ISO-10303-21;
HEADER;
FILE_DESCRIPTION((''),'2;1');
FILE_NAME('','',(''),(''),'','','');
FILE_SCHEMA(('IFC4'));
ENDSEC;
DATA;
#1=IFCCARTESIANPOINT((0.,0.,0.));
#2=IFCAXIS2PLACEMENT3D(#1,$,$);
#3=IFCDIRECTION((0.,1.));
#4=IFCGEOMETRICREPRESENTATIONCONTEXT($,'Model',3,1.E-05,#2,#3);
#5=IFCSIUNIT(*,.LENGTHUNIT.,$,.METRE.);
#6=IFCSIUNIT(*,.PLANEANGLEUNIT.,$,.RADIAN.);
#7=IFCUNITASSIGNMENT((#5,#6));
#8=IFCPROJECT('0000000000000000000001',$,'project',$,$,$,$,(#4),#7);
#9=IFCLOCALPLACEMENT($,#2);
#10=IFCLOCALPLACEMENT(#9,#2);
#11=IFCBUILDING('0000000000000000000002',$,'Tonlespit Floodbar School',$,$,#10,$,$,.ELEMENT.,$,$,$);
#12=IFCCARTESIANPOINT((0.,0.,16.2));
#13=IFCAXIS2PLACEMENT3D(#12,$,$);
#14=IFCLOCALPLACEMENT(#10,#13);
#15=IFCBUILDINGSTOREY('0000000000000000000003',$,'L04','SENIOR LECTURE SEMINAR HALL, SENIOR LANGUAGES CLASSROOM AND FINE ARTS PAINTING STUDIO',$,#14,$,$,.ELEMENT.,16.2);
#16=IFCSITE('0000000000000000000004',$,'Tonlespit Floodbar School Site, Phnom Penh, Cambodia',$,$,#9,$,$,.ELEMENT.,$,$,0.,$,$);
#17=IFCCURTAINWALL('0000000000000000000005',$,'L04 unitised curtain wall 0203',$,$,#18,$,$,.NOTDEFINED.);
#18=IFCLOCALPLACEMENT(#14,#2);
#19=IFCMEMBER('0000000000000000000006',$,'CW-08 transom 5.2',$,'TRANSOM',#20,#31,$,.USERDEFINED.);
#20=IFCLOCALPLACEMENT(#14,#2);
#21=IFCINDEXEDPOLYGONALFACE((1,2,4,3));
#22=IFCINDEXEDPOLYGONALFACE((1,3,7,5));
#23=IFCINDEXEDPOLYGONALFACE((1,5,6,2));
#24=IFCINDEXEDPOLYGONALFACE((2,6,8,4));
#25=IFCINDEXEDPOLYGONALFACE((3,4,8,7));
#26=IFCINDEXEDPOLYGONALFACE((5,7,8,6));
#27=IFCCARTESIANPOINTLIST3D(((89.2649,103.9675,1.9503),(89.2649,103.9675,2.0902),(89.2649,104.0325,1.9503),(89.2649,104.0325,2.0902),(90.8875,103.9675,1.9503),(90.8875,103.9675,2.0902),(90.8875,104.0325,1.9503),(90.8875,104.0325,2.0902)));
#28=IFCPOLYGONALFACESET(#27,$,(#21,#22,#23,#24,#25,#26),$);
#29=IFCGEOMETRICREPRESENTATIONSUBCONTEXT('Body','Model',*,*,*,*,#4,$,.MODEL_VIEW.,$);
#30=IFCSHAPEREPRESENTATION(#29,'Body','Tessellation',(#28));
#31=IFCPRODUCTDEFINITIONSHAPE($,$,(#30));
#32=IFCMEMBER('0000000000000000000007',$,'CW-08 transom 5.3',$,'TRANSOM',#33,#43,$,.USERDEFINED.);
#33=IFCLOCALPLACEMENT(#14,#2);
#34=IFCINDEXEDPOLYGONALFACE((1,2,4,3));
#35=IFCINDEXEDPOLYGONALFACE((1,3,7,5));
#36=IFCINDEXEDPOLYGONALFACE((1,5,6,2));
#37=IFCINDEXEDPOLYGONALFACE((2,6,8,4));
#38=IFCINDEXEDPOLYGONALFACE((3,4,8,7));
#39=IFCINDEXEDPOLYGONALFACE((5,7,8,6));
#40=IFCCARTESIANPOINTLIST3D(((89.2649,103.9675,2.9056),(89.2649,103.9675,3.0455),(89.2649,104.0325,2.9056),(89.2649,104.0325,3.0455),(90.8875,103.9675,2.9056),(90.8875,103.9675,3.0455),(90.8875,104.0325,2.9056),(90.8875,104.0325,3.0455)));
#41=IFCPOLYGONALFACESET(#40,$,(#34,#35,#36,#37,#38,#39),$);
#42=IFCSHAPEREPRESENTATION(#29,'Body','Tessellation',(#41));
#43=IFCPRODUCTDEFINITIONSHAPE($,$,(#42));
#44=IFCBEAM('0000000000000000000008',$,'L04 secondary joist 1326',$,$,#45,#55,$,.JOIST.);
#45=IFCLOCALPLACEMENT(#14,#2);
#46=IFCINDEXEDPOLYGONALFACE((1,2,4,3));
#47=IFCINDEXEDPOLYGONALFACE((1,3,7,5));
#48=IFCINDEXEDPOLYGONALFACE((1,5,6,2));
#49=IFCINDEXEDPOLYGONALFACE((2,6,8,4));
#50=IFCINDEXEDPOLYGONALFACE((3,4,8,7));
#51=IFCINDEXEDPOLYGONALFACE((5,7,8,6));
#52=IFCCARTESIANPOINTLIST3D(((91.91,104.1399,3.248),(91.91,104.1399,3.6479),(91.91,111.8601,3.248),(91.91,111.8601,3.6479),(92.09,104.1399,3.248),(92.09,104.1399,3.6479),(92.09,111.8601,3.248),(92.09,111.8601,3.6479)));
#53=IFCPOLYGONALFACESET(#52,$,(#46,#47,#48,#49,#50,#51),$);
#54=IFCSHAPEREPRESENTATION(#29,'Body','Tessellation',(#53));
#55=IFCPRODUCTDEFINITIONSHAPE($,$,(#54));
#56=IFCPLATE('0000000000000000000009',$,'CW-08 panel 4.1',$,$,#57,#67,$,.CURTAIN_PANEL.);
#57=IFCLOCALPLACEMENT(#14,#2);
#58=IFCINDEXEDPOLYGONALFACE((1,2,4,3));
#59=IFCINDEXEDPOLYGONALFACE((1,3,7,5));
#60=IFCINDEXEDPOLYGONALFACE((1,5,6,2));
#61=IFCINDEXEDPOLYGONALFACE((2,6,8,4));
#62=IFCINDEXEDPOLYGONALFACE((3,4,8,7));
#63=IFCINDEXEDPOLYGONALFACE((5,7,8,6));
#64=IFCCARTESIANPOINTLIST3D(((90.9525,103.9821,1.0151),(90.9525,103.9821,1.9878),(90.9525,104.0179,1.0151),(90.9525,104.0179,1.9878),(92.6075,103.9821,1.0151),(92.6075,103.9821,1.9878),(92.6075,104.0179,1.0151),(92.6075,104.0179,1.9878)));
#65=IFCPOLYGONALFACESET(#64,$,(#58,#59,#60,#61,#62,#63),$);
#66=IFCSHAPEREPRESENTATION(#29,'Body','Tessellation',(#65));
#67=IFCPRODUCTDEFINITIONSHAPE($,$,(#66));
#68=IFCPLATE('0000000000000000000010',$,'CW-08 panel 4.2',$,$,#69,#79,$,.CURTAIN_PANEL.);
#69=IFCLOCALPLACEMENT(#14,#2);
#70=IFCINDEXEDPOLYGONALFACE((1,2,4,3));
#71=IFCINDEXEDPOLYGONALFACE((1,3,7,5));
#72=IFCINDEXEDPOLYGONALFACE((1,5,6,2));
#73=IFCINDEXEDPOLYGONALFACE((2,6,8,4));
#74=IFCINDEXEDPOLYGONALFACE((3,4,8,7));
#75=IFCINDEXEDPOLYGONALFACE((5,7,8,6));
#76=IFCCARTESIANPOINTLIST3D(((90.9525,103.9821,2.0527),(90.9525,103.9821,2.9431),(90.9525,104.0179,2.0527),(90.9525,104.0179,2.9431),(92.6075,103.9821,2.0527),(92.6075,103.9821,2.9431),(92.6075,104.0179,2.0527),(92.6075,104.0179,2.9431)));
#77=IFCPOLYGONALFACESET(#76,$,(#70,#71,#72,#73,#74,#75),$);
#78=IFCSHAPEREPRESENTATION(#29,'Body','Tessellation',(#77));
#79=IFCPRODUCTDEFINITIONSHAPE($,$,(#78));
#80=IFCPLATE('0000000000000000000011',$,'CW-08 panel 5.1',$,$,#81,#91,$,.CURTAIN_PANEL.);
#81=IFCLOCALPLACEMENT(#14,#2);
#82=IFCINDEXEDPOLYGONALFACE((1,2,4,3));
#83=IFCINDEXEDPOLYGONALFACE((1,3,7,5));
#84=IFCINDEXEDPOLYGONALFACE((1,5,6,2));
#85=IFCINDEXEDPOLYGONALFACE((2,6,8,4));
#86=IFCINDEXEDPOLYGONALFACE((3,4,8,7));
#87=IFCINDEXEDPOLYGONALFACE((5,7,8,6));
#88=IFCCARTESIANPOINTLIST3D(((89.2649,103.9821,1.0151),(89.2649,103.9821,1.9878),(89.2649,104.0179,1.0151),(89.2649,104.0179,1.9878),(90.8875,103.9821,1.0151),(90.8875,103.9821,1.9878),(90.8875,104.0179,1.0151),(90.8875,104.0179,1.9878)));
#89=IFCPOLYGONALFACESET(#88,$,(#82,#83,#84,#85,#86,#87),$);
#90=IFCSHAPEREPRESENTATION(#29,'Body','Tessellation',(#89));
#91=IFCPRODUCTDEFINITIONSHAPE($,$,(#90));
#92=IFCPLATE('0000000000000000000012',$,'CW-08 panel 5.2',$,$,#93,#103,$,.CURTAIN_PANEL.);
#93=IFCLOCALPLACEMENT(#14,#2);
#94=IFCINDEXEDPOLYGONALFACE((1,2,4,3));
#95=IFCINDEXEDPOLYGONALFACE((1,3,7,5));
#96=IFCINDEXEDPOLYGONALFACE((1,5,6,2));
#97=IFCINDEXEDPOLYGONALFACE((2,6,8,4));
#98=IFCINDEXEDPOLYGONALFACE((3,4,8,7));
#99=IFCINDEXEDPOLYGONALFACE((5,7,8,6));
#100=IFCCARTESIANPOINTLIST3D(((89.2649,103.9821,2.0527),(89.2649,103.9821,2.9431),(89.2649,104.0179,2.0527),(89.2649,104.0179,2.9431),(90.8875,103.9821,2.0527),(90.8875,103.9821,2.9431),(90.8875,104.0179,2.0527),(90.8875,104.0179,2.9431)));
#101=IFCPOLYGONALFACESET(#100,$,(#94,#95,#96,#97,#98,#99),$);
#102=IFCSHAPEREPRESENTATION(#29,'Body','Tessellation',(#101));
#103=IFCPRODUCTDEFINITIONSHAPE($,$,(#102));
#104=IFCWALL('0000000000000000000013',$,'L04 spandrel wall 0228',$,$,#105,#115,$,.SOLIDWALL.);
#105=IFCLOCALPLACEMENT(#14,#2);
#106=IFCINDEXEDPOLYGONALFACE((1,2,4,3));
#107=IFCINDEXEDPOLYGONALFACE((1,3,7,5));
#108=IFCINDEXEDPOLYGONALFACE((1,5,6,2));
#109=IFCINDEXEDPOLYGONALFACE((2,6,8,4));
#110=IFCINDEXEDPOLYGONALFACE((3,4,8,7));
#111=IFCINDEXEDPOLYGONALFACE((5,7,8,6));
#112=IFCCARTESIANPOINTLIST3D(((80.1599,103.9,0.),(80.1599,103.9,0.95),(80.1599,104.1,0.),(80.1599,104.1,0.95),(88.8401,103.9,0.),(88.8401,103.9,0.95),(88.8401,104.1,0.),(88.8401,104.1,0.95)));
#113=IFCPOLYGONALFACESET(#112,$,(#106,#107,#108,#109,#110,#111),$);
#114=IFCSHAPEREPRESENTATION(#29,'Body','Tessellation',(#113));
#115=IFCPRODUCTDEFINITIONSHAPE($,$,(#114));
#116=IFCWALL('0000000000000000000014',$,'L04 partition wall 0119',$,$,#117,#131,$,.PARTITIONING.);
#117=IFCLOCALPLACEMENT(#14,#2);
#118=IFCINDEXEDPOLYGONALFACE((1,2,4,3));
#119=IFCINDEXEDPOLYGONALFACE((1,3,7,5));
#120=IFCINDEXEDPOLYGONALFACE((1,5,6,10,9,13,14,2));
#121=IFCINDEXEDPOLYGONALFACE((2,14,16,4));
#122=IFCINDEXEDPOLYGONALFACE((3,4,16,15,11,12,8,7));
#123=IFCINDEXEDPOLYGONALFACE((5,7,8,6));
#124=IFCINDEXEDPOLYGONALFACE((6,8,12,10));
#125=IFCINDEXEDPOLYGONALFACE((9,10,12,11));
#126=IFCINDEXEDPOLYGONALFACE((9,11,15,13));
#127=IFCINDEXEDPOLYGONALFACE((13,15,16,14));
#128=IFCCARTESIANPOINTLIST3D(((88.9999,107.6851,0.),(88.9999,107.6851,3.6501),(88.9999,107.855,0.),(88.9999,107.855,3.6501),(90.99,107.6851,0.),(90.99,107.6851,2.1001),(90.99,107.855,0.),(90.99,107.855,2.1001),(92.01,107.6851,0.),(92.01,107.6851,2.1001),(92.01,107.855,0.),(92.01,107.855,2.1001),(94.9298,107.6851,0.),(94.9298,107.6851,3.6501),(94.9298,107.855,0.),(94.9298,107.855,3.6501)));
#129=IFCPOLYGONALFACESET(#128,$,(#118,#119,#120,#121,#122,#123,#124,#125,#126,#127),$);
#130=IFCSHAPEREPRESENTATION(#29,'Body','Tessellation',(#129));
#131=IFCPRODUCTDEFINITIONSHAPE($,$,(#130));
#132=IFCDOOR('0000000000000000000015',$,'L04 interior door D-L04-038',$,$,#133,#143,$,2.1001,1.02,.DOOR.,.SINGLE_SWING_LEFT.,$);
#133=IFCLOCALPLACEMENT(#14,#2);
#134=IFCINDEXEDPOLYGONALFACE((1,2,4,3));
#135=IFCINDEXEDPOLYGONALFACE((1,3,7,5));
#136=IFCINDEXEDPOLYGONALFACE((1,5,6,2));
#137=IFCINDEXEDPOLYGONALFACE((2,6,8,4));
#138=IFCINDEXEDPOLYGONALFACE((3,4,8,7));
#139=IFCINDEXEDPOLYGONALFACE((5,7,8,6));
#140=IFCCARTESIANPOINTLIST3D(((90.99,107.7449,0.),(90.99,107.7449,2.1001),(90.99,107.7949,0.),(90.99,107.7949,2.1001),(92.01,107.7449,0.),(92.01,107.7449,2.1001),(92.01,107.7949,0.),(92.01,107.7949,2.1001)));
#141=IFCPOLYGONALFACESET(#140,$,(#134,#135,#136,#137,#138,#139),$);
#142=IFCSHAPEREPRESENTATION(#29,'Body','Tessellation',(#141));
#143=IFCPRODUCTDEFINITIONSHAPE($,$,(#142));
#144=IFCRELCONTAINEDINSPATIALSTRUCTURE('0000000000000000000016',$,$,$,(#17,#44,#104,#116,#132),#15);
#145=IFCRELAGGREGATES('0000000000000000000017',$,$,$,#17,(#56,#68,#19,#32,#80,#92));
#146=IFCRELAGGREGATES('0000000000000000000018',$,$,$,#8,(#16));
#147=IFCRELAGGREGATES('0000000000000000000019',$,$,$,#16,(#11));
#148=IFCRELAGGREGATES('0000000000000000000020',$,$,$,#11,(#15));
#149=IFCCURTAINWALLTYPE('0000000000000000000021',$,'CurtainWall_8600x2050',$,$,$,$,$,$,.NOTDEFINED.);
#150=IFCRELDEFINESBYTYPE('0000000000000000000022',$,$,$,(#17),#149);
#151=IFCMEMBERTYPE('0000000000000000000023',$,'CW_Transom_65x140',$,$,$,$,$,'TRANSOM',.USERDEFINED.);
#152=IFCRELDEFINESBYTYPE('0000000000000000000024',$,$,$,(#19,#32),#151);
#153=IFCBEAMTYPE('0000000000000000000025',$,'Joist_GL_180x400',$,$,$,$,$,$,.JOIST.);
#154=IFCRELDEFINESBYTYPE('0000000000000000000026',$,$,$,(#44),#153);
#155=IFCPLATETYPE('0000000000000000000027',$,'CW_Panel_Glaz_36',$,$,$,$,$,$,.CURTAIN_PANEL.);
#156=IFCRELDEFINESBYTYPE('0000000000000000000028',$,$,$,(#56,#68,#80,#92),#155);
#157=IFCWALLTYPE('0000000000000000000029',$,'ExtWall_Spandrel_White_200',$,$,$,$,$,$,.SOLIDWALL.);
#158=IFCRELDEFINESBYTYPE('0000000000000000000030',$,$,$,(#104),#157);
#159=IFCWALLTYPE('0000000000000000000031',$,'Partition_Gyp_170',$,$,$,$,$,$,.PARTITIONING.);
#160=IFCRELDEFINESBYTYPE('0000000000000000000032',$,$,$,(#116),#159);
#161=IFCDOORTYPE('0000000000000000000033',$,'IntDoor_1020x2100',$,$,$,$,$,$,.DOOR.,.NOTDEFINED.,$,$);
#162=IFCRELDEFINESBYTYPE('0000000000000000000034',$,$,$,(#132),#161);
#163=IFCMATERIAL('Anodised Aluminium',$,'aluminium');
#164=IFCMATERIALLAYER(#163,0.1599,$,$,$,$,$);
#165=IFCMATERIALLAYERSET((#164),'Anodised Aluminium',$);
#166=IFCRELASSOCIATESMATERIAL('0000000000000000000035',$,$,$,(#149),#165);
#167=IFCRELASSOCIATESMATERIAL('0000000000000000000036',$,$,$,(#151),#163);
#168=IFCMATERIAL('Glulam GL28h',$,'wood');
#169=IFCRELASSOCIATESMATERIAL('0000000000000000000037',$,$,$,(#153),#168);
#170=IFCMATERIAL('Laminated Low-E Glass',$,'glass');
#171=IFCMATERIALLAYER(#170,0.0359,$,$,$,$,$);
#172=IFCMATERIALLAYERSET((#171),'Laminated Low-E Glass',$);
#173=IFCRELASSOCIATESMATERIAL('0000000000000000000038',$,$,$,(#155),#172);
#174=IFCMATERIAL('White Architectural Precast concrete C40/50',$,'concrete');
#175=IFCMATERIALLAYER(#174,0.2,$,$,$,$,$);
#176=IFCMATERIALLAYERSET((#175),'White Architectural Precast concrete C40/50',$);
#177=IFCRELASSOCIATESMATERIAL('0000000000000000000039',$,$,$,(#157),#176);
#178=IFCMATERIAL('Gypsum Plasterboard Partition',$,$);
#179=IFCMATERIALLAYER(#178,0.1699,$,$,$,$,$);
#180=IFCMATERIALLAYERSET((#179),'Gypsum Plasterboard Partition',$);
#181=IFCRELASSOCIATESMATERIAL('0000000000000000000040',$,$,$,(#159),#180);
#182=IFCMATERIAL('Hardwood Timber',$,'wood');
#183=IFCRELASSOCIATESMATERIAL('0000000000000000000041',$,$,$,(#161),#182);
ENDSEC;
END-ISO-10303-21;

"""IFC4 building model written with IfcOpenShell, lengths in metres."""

from ifc_helpers import new_model, si_unit, direction, frame, frame_2d, origin, origin_2d, place, context, subcontext, project, spatial, rectangle, extrude, material, layer, layer_set, material_profile, profile_set, type_object, element, fill, aggregate, save


model = new_model("IFC4")

# Units and contexts
model_context = context("Model", 3, precision=1e-05, world=origin(), true_north=direction((0.0, 1.0)))
body_context = subcontext(model_context, "Body", "Model", "MODEL_VIEW")
ifc_project = project(units=[si_unit("LENGTHUNIT", "METRE"), si_unit("PLANEANGLEUNIT", "RADIAN")], contexts=[model_context])

# Site, building, storey
site_placement = place(None, origin())
site = spatial("IfcSite", under=ifc_project, at=site_placement, Name="Tonlespit Floodbar School Site, Phnom Penh, Cambodia", CompositionType="ELEMENT", RefElevation=0.0)
building_placement = place(site_placement, origin())
building = spatial("IfcBuilding", under=site, at=building_placement, Name="Tonlespit Floodbar School", CompositionType="ELEMENT")
storey_placement = place(building_placement, frame((0.0, 0.0, 16.2)))
storey = spatial("IfcBuildingStorey", under=building, at=storey_placement, Name="L04", Description="SENIOR LECTURE SEMINAR HALL, SENIOR LANGUAGES CLASSROOM AND FINE ARTS PAINTING STUDIO", CompositionType="ELEMENT", Elevation=16.2)

# Shared definitions
ifc_material_1 = material(Name="Glulam GL28h", Category="wood")

# Shared definitions
ifc_material_2 = material(Name="Anodised Aluminium", Category="aluminium")
ifc_layer_1 = layer(ifc_material_2, 0.1599)
ifc_layer_set_1 = layer_set([ifc_layer_1], Name="Anodised Aluminium")
curtain_wall_type = type_object("IfcCurtainWallType", Name="CurtainWall_8600x2050", PredefinedType="NOTDEFINED", material=ifc_layer_set_1)

# Curtain wall
curtain_wall_1_placement = place(storey_placement, origin())
curtain_wall_1 = element("IfcCurtainWall", 1, at=curtain_wall_1_placement, inside=storey, type_object=curtain_wall_type, Name="L04 unitised curtain wall 0203", PredefinedType="NOTDEFINED")

# Members
ifc_material_profile_1 = material_profile(ifc_material_2, rectangle(XDim=0.0649, YDim=0.1399, at=origin_2d()), Name="ALU T65x140")
ifc_profile_set_1 = profile_set([ifc_material_profile_1], Name="Anodised Aluminium")
member_type_1 = type_object("IfcMemberType", Name="CW_Transom_65x140", ElementType="TRANSOM", PredefinedType="USERDEFINED", material=ifc_profile_set_1)
member_1_placement = place(storey_placement, frame((90.8875, 104.0, 2.0203), z_axis=(-1.0, 0.0, 0.0), x_axis=(0.0, -1.0, 0.0)))
member_1 = element("IfcMember", 2, at=member_1_placement, type_object=member_type_1, Name="CW-08 transom 5.2", ObjectType="TRANSOM", PredefinedType="USERDEFINED", context=body_context, shape_type="SweptSolid", body=[
    extrude(rectangle(XDim=0.0649, YDim=0.1399, at=origin_2d()), origin(), (0.0, 0.0, 1.0), 1.6226),
])
member_2_placement = place(storey_placement, frame((90.8875, 104.0, 2.9756), z_axis=(-1.0, 0.0, 0.0), x_axis=(0.0, -1.0, 0.0)))
member_2 = element("IfcMember", 3, at=member_2_placement, type_object=member_type_1, Name="CW-08 transom 5.3", ObjectType="TRANSOM", PredefinedType="USERDEFINED", context=body_context, shape_type="SweptSolid", body=[
    extrude(rectangle(XDim=0.0649, YDim=0.1399, at=origin_2d()), origin(), (0.0, 0.0, 1.0), 1.6226),
])

# Beam
ifc_material_profile_2 = material_profile(ifc_material_1, rectangle(XDim=0.1799, YDim=0.3999, at=origin_2d()), Name="GL 180x400")
ifc_profile_set_2 = profile_set([ifc_material_profile_2], Name="Glulam GL28h")
beam_type_1 = type_object("IfcBeamType", Name="Joist_GL_180x400", PredefinedType="JOIST", material=ifc_profile_set_2)
beam_1_placement = place(storey_placement, frame((92.0, 104.1399, 3.448), z_axis=(0.0, 1.0, 0.0), x_axis=(-1.0, 0.0, 0.0)))
element("IfcBeam", 4, at=beam_1_placement, inside=storey, type_object=beam_type_1, Name="L04 secondary joist 1326", PredefinedType="JOIST", context=body_context, shape_type="SweptSolid", body=[
    extrude(rectangle(XDim=0.1799, YDim=0.3999, at=origin_2d()), origin(), (0.0, 0.0, 1.0), 7.7202),
])

# Plates
ifc_material_3 = material(Name="Laminated Low-E Glass", Category="glass")
ifc_layer_2 = layer(ifc_material_3, 0.0359)
ifc_layer_set_2 = layer_set([ifc_layer_2], Name="Laminated Low-E Glass")
plate_type = type_object("IfcPlateType", Name="CW_Panel_Glaz_36", PredefinedType="CURTAIN_PANEL", material=ifc_layer_set_2)
plate_1_placement = place(storey_placement, frame((91.78, 104.0, 1.0151), z_axis=(0.0, 0.0, 1.0), x_axis=(-1.0, 0.0, 0.0)))
plate_1 = element("IfcPlate", 5, at=plate_1_placement, type_object=plate_type, Name="CW-08 panel 4.1", PredefinedType="CURTAIN_PANEL", context=body_context, shape_type="SweptSolid", body=[
    extrude(rectangle(XDim=1.655, YDim=0.0359, at=origin_2d()), origin(), (0.0, 0.0, 1.0), 0.9727),
])
plate_2_placement = place(storey_placement, frame((91.78, 104.0, 2.0527), z_axis=(0.0, 0.0, 1.0), x_axis=(-1.0, 0.0, 0.0)))
plate_2 = element("IfcPlate", 6, at=plate_2_placement, type_object=plate_type, Name="CW-08 panel 4.2", PredefinedType="CURTAIN_PANEL", context=body_context, shape_type="SweptSolid", body=[
    extrude(rectangle(XDim=1.655, YDim=0.0359, at=origin_2d()), origin(), (0.0, 0.0, 1.0), 0.8904),
])
plate_3_placement = place(storey_placement, frame((90.0762, 104.0, 1.0151), z_axis=(0.0, 0.0, 1.0), x_axis=(-1.0, 0.0, 0.0)))
plate_3 = element("IfcPlate", 7, at=plate_3_placement, type_object=plate_type, Name="CW-08 panel 5.1", PredefinedType="CURTAIN_PANEL", context=body_context, shape_type="SweptSolid", body=[
    extrude(rectangle(XDim=1.6226, YDim=0.0359, at=origin_2d()), origin(), (0.0, 0.0, 1.0), 0.9727),
])
plate_4_placement = place(storey_placement, frame((90.0762, 104.0, 2.0527), z_axis=(0.0, 0.0, 1.0), x_axis=(-1.0, 0.0, 0.0)))
plate_4 = element("IfcPlate", 8, at=plate_4_placement, type_object=plate_type, Name="CW-08 panel 5.2", PredefinedType="CURTAIN_PANEL", context=body_context, shape_type="SweptSolid", body=[
    extrude(rectangle(XDim=1.6226, YDim=0.0359, at=origin_2d()), origin(), (0.0, 0.0, 1.0), 0.8904),
])
aggregate(curtain_wall_1, [plate_1, plate_2, member_1, member_2, plate_3, plate_4])

# Wall
ifc_material_4 = material(Name="White Architectural Precast concrete C40/50", Category="concrete")
ifc_layer_3 = layer(ifc_material_4, 0.2)
ifc_layer_set_3 = layer_set([ifc_layer_3], Name="White Architectural Precast concrete C40/50")
wall_type_1 = type_object("IfcWallType", Name="ExtWall_Spandrel_White_200", PredefinedType="SOLIDWALL", material=ifc_layer_set_3)
wall_1_placement = place(storey_placement, frame((88.8401, 104.0, 0.0), z_axis=(0.0, 0.0, 1.0), x_axis=(-1.0, 0.0, 0.0)))
element("IfcWall", 9, at=wall_1_placement, inside=storey, type_object=wall_type_1, Name="L04 spandrel wall 0228", PredefinedType="SOLIDWALL", context=body_context, shape_type="SweptSolid", body=[
    extrude(rectangle(XDim=8.6802, YDim=0.2, at=frame_2d((4.3401, 0.0))), origin(), (0.0, 0.0, 1.0), 0.95),
])

# Wall, opening, door
ifc_material_5 = material(Name="Gypsum Plasterboard Partition")
ifc_layer_4 = layer(ifc_material_5, 0.1699)
ifc_layer_set_4 = layer_set([ifc_layer_4], Name="Gypsum Plasterboard Partition")
wall_type_2 = type_object("IfcWallType", Name="Partition_Gyp_170", PredefinedType="PARTITIONING", material=ifc_layer_set_4)
wall_2_placement = place(storey_placement, frame((89.0, 107.77, 0.0), z_axis=(0.0, 0.0, 1.0), x_axis=(1.0, 0.0, 0.0)))
wall_2 = element("IfcWall", 10, at=wall_2_placement, inside=storey, type_object=wall_type_2, Name="L04 partition wall 0119", PredefinedType="PARTITIONING", context=body_context, shape_type="SweptSolid", body=[
    extrude(rectangle(XDim=5.9299, YDim=0.1699, at=frame_2d((2.9648, 0.0))), origin(), (0.0, 0.0, 1.0), 3.6501),
])
opening_placement = place(wall_2_placement, frame((1.99, 0.0, 0.0)))
opening = element("IfcOpeningElement", 11, at=opening_placement, cuts=wall_2, PredefinedType="OPENING", context=body_context, shape_type="SweptSolid", body=[
    extrude(rectangle(XDim=1.02, YDim=2.1001, at=frame_2d((0.51, 1.05))), frame((0.0, 0.095, 0.0), z_axis=(0.0, -1.0, 0.0), x_axis=(1.0, 0.0, 0.0)), (0.0, 0.0, 1.0), 0.1899),
])
ifc_material_6 = material(Name="Hardwood Timber", Category="wood")
door_type = type_object("IfcDoorType", Name="IntDoor_1020x2100", OperationType="NOTDEFINED", PredefinedType="DOOR", material=ifc_material_6)
door_placement = place(opening_placement, origin())
door = element("IfcDoor", 12, at=door_placement, inside=storey, type_object=door_type, Name="L04 interior door D-L04-038", OperationType="SINGLE_SWING_LEFT", OverallHeight=2.1001, OverallWidth=1.02, PredefinedType="DOOR", context=body_context, shape_type="SweptSolid", body=[
    extrude(rectangle(XDim=1.02, YDim=2.1001, at=frame_2d((0.51, 1.05))), frame((0.0, 0.0249, 0.0), z_axis=(0.0, -1.0, 0.0), x_axis=(1.0, 0.0, 0.0)), (0.0, 0.0, 1.0), 0.05),
])
fill(opening, door)

save(model, "model.ifc")
